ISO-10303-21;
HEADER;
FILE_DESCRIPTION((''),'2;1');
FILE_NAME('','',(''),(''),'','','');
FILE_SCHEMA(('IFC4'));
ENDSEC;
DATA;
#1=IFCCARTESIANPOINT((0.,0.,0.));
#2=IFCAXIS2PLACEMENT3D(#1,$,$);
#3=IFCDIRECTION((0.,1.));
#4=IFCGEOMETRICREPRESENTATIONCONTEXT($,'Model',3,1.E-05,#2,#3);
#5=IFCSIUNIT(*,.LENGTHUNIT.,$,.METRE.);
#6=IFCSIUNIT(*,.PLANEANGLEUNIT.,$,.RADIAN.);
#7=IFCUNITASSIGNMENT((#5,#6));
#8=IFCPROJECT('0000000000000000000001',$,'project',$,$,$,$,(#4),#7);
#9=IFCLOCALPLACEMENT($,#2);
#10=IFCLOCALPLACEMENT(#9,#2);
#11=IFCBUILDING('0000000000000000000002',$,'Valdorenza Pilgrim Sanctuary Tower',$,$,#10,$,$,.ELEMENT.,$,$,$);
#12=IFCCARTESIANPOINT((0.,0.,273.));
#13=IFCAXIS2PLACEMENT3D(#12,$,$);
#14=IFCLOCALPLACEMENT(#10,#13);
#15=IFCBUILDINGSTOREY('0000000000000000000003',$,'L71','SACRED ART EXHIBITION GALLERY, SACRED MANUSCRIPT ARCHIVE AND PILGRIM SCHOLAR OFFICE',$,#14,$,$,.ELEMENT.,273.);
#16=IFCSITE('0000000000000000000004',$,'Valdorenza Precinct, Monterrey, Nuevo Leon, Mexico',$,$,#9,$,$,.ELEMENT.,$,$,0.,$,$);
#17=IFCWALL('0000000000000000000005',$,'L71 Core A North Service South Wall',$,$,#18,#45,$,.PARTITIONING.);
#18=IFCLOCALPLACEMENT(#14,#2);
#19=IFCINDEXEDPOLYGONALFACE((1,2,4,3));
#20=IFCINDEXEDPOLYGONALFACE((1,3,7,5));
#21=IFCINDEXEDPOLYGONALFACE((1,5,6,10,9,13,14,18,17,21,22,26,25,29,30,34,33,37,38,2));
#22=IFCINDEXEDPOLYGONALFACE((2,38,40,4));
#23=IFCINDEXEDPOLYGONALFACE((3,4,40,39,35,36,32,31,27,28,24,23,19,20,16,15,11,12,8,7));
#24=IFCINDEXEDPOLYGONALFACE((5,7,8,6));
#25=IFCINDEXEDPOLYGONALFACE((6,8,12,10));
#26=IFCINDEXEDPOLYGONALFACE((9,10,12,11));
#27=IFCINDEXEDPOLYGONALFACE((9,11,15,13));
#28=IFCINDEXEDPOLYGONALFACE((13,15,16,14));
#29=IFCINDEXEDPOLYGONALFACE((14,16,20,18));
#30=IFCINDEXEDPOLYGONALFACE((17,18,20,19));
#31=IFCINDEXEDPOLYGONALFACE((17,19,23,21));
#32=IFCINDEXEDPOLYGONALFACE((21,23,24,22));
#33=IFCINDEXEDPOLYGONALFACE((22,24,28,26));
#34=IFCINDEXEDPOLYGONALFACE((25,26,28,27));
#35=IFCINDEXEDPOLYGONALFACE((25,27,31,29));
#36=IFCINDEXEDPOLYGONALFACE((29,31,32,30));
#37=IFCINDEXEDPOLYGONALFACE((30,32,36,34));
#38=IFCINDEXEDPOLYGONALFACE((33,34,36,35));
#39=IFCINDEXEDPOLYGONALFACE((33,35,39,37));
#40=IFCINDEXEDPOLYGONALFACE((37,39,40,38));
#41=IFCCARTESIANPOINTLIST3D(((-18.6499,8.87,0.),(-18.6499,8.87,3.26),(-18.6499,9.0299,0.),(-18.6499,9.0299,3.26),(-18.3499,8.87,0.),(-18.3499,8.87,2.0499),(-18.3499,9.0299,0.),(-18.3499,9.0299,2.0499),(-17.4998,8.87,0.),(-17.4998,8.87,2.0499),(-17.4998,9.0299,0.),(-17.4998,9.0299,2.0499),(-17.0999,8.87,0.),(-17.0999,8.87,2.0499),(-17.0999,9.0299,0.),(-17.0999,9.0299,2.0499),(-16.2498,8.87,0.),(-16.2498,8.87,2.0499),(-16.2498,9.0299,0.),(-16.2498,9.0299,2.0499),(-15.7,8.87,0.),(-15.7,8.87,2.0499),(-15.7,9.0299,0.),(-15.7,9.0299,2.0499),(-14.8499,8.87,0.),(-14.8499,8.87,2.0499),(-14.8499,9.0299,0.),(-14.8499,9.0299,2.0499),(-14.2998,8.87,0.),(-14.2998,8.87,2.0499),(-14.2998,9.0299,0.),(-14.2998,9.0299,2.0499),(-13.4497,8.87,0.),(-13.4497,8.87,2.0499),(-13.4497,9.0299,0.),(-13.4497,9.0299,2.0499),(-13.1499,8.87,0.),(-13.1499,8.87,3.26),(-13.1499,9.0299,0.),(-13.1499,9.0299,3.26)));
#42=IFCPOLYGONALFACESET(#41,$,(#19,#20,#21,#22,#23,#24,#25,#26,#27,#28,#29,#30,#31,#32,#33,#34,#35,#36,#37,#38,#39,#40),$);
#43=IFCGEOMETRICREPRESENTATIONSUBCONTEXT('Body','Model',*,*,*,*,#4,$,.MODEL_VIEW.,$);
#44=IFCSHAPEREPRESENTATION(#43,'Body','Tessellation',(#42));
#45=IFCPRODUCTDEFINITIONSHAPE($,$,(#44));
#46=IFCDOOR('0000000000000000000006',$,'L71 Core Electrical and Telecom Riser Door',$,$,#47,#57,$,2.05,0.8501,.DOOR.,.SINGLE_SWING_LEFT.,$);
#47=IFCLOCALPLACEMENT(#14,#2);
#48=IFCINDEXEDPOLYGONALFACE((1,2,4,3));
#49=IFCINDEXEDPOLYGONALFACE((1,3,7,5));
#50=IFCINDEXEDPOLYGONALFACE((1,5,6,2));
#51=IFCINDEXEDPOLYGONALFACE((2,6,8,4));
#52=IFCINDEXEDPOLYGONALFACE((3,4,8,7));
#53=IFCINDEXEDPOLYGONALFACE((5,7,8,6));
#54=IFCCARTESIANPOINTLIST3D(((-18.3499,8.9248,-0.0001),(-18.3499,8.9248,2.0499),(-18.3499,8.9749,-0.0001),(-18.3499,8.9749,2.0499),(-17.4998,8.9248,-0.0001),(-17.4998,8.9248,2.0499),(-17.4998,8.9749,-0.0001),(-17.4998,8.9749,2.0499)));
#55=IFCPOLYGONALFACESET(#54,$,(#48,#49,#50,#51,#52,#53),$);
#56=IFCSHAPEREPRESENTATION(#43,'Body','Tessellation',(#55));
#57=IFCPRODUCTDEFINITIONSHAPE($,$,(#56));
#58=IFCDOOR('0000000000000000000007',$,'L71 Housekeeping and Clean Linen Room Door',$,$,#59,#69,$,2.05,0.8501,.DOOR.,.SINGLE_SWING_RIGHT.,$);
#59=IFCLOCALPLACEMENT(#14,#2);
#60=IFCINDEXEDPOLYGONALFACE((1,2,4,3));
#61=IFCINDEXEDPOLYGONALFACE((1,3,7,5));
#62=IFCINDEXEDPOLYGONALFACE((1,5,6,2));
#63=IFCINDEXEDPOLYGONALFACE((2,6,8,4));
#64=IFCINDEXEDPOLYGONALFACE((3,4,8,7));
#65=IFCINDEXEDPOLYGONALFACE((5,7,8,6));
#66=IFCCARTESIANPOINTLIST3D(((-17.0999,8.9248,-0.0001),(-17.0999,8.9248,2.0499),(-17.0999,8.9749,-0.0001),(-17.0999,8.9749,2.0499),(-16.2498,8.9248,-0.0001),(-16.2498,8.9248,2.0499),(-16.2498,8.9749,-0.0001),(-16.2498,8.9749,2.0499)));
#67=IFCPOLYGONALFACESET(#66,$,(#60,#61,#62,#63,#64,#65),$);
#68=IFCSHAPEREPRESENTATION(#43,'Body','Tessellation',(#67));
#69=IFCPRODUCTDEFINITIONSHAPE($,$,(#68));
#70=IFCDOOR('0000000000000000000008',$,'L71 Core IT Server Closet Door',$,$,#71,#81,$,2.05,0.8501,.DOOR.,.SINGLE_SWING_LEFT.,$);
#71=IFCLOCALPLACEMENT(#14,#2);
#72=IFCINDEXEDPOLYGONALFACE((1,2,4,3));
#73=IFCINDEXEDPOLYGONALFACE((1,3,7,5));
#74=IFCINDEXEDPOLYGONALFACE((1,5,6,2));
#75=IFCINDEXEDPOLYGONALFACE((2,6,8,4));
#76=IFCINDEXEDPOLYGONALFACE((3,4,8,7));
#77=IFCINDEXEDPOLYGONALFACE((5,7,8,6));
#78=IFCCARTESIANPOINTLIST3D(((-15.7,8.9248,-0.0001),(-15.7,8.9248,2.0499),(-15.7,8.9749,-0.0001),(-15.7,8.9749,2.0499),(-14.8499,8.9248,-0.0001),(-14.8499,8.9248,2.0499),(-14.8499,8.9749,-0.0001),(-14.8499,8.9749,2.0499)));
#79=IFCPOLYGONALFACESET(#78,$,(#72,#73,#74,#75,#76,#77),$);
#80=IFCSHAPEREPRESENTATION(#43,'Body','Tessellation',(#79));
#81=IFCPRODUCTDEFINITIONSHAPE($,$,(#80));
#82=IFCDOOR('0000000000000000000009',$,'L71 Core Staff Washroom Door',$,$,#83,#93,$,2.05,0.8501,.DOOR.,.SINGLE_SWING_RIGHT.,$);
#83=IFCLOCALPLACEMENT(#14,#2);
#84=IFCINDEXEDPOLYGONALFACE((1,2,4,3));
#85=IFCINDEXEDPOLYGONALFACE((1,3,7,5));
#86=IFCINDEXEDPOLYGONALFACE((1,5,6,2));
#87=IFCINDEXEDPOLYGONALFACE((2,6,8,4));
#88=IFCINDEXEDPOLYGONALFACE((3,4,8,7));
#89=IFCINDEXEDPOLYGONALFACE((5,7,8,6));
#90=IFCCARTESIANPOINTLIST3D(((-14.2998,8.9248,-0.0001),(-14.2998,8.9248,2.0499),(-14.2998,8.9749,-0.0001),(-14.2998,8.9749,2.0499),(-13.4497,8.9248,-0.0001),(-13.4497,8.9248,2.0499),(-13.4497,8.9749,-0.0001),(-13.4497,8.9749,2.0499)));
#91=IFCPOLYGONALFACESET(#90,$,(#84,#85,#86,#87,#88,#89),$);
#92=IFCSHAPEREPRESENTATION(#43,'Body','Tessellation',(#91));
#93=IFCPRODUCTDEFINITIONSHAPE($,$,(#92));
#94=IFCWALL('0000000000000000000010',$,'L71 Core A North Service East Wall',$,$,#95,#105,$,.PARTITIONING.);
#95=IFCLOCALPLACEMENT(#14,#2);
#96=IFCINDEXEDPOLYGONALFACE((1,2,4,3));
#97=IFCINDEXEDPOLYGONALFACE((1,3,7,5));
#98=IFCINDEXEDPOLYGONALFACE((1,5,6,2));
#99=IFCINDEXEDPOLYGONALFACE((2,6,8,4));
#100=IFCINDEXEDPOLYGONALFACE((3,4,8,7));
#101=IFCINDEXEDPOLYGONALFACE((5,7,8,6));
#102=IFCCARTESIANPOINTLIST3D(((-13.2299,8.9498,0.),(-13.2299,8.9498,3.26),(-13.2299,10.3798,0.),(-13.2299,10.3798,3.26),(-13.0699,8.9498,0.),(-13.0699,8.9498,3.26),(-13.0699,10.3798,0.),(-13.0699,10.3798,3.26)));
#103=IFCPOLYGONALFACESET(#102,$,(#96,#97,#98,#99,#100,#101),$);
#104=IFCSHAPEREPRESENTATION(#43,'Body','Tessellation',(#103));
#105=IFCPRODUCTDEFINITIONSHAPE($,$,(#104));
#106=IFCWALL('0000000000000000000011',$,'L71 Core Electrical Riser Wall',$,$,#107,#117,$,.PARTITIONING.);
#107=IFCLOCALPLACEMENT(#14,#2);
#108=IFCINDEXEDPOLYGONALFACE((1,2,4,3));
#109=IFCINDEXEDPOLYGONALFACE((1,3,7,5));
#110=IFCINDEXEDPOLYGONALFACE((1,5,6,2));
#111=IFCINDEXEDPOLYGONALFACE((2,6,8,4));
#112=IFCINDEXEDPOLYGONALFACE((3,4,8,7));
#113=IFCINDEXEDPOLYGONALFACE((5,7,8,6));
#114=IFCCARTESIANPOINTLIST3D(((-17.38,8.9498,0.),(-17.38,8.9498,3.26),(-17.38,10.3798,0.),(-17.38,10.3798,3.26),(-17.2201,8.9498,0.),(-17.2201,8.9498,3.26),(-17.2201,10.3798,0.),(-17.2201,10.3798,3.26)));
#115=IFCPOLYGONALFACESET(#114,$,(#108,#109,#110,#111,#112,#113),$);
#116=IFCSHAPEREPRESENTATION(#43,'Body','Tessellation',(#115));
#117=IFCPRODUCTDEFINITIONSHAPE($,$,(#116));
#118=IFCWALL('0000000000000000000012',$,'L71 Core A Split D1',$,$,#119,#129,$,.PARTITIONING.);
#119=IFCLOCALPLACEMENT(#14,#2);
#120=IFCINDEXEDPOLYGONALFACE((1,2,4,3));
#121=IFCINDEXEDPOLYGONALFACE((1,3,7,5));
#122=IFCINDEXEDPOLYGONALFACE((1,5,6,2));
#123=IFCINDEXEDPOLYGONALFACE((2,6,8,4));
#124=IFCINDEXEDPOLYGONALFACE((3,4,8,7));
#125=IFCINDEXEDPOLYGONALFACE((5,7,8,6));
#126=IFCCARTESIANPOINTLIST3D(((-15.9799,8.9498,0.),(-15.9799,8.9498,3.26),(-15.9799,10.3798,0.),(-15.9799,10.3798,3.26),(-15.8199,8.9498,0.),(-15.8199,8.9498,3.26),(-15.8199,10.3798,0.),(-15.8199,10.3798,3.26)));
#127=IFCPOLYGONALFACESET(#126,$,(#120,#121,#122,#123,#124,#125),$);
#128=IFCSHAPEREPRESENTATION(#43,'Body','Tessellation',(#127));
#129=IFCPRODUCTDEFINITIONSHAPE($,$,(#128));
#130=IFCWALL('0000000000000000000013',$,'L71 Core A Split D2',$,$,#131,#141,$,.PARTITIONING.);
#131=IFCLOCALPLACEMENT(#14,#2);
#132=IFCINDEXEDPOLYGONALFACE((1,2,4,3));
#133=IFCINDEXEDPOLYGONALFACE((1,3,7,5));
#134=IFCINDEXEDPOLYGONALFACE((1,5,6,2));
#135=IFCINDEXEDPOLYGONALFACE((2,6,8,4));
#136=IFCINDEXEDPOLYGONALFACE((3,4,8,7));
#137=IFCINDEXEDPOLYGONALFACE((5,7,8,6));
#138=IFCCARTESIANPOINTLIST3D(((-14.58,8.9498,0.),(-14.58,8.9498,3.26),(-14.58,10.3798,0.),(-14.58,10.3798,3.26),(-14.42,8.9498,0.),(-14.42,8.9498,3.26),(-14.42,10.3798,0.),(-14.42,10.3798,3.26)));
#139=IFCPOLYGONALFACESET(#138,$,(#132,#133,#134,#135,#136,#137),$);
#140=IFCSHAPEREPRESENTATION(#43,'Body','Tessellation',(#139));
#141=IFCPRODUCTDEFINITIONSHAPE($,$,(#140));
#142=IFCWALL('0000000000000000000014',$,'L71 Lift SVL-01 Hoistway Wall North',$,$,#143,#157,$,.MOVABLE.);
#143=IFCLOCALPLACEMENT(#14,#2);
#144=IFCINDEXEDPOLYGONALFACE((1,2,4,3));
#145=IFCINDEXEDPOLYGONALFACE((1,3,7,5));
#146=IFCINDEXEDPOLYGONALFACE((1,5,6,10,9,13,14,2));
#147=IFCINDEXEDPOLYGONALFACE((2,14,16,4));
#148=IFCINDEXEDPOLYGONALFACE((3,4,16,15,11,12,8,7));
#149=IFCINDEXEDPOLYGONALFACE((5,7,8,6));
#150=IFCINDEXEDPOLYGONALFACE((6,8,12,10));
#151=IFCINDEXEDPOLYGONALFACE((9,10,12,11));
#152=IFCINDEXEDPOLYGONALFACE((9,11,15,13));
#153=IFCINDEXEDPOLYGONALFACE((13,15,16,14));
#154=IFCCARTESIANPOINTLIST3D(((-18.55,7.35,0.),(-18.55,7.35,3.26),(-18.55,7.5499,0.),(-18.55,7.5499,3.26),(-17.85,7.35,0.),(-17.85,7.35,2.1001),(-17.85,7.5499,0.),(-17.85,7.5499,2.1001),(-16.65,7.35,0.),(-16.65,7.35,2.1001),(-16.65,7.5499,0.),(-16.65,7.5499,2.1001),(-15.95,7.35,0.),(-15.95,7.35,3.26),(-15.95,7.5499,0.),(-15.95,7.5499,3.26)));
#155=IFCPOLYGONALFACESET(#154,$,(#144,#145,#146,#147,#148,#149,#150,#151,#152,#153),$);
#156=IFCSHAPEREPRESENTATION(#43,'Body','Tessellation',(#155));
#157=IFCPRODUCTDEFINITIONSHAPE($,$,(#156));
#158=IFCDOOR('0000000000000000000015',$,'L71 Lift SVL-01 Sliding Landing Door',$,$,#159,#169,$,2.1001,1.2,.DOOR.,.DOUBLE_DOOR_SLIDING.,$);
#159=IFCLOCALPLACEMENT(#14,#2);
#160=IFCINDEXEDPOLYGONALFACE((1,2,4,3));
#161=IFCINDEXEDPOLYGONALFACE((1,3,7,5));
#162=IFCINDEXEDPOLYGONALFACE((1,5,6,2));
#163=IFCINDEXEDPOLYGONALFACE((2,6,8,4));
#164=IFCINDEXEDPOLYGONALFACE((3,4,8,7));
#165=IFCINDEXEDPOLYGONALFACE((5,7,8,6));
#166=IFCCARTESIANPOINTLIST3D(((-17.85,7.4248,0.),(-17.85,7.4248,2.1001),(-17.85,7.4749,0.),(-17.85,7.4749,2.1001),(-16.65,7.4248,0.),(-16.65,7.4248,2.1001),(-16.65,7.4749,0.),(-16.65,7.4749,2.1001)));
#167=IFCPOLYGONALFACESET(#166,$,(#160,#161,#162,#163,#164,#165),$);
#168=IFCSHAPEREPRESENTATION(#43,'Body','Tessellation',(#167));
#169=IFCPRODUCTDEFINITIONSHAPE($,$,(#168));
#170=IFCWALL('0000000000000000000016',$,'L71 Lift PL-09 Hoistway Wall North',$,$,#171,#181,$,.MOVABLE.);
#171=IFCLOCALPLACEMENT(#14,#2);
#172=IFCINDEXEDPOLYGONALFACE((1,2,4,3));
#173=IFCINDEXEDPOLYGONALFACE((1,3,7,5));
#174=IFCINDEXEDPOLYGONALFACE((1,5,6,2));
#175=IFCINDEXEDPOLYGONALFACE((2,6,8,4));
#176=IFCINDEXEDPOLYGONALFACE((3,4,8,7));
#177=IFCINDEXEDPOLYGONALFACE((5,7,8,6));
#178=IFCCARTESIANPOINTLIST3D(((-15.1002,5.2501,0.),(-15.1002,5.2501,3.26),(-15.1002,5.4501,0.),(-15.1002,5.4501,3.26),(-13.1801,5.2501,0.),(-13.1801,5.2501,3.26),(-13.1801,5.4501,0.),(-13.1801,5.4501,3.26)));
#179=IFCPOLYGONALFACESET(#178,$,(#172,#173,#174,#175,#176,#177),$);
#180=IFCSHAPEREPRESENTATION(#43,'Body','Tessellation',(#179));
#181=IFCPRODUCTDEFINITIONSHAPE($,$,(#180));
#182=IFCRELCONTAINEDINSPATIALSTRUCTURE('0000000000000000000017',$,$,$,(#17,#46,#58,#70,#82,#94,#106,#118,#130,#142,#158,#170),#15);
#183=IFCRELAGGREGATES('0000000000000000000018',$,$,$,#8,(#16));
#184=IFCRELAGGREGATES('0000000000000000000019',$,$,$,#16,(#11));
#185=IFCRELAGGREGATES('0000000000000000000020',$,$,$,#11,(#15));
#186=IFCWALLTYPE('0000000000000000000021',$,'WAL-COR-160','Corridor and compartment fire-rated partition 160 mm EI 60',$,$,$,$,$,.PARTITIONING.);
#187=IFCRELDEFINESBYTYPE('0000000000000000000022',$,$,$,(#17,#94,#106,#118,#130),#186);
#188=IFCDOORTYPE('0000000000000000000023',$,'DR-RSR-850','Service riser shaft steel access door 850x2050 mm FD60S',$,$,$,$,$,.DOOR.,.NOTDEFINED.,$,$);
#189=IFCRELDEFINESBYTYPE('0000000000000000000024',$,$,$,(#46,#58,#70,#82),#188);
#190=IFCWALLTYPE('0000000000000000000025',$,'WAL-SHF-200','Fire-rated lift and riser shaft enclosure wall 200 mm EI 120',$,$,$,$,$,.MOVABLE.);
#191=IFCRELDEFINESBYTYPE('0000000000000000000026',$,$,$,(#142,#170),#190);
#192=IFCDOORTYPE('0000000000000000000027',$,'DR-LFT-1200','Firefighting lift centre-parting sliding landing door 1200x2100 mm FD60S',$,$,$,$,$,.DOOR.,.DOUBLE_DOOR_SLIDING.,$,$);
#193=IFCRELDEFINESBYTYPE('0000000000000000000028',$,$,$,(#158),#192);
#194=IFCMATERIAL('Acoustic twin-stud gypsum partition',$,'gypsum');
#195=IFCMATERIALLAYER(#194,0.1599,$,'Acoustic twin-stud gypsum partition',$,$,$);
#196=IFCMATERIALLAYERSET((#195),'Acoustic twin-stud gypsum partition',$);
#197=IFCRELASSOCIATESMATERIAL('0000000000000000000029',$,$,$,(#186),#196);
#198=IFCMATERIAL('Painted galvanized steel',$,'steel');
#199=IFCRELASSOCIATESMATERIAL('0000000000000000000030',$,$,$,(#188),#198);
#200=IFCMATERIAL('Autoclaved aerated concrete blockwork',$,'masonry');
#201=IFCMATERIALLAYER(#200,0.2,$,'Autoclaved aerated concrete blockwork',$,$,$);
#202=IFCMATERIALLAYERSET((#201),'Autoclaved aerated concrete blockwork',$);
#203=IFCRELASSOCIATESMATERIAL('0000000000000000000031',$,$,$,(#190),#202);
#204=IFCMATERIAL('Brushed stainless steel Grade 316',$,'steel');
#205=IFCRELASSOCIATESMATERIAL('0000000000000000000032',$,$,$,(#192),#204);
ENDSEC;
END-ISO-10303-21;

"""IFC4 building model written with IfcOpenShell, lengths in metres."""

from ifc_helpers import new_model, si_unit, direction, frame, frame_2d, origin, place, context, subcontext, project, spatial, rectangle, extrude, material, layer, layer_set, type_object, element, fill, save


model = new_model("IFC4")

# Units and contexts
model_context = context("Model", 3, precision=1e-05, world=origin(), true_north=direction((0.0, 1.0)))
body_context = subcontext(model_context, "Body", "Model", "MODEL_VIEW")
ifc_project = project(units=[si_unit("LENGTHUNIT", "METRE"), si_unit("PLANEANGLEUNIT", "RADIAN")], contexts=[model_context])

# Site, building, storey
site_placement = place(None, origin())
site = spatial("IfcSite", under=ifc_project, at=site_placement, Name="Valdorenza Precinct, Monterrey, Nuevo Leon, Mexico", CompositionType="ELEMENT", RefElevation=0.0)
building_placement = place(site_placement, origin())
building = spatial("IfcBuilding", under=site, at=building_placement, Name="Valdorenza Pilgrim Sanctuary Tower", CompositionType="ELEMENT")
storey_placement = place(building_placement, frame((0.0, 0.0, 273.0)))
storey = spatial("IfcBuildingStorey", under=building, at=storey_placement, Name="L71", Description="SACRED ART EXHIBITION GALLERY, SACRED MANUSCRIPT ARCHIVE AND PILGRIM SCHOLAR OFFICE", CompositionType="ELEMENT", Elevation=273.0)

# Shared definitions
ifc_material_1 = material(Name="Acoustic twin-stud gypsum partition", Category="gypsum")
ifc_layer_1 = layer(ifc_material_1, 0.1599, Name="Acoustic twin-stud gypsum partition")
ifc_layer_set_1 = layer_set([ifc_layer_1], Name="Acoustic twin-stud gypsum partition")
wall_type_1 = type_object("IfcWallType", Name="WAL-COR-160", Description="Corridor and compartment fire-rated partition 160 mm EI 60", PredefinedType="PARTITIONING", material=ifc_layer_set_1)

# Wall, openings, doors
wall_1_placement = place(storey_placement, frame((-18.6499, 8.95, 0.0), z_axis=(0.0, 0.0, 1.0), x_axis=(1.0, 0.0, 0.0)))
wall_1 = element("IfcWall", 1, at=wall_1_placement, inside=storey, type_object=wall_type_1, Name="L71 Core A North Service South Wall", PredefinedType="PARTITIONING", context=body_context, shape_type="SweptSolid", body=[
    extrude(rectangle(XDim=5.5, YDim=0.1599, at=frame_2d((2.75, 0.0))), origin(), (0.0, 0.0, 1.0), 3.26),
])
opening_1_placement = place(wall_1_placement, frame((0.3, 0.0, 0.0)))
opening_1 = element("IfcOpeningElement", 2, at=opening_1_placement, cuts=wall_1, PredefinedType="OPENING", context=body_context, shape_type="SweptSolid", body=[
    extrude(rectangle(XDim=0.8501, YDim=2.05, at=frame_2d((0.425, 1.0249))), frame((0.0, 0.0947, 0.0), z_axis=(0.0, -1.0, 0.0), x_axis=(1.0, 0.0, 0.0)), (0.0, 0.0, 1.0), 0.1897),
])
opening_2_placement = place(wall_1_placement, frame((1.55, 0.0, 0.0)))
opening_2 = element("IfcOpeningElement", 3, at=opening_2_placement, cuts=wall_1, PredefinedType="OPENING", context=body_context, shape_type="SweptSolid", body=[
    extrude(rectangle(XDim=0.8501, YDim=2.05, at=frame_2d((0.425, 1.0249))), frame((0.0, 0.0947, 0.0), z_axis=(0.0, -1.0, 0.0), x_axis=(1.0, 0.0, 0.0)), (0.0, 0.0, 1.0), 0.1897),
])
opening_3_placement = place(wall_1_placement, frame((2.95, 0.0, 0.0)))
opening_3 = element("IfcOpeningElement", 4, at=opening_3_placement, cuts=wall_1, PredefinedType="OPENING", context=body_context, shape_type="SweptSolid", body=[
    extrude(rectangle(XDim=0.8501, YDim=2.05, at=frame_2d((0.425, 1.0249))), frame((0.0, 0.0947, 0.0), z_axis=(0.0, -1.0, 0.0), x_axis=(1.0, 0.0, 0.0)), (0.0, 0.0, 1.0), 0.1897),
])
opening_4_placement = place(wall_1_placement, frame((4.3501, 0.0, 0.0)))
opening_4 = element("IfcOpeningElement", 5, at=opening_4_placement, cuts=wall_1, PredefinedType="OPENING", context=body_context, shape_type="SweptSolid", body=[
    extrude(rectangle(XDim=0.8501, YDim=2.05, at=frame_2d((0.425, 1.0249))), frame((0.0, 0.0947, 0.0), z_axis=(0.0, -1.0, 0.0), x_axis=(1.0, 0.0, 0.0)), (0.0, 0.0, 1.0), 0.1897),
])
ifc_material_2 = material(Name="Painted galvanized steel", Category="steel")
door_type_1 = type_object("IfcDoorType", Name="DR-RSR-850", Description="Service riser shaft steel access door 850x2050 mm FD60S", OperationType="NOTDEFINED", PredefinedType="DOOR", material=ifc_material_2)
door_1_placement = place(opening_1_placement, origin())
door_1 = element("IfcDoor", 6, at=door_1_placement, inside=storey, type_object=door_type_1, Name="L71 Core Electrical and Telecom Riser Door", OperationType="SINGLE_SWING_LEFT", OverallHeight=2.05, OverallWidth=0.8501, PredefinedType="DOOR", context=body_context, shape_type="SweptSolid", body=[
    extrude(rectangle(XDim=0.8501, YDim=2.05, at=frame_2d((0.425, 1.0249))), frame((0.0, 0.0249, 0.0), z_axis=(0.0, -1.0, 0.0), x_axis=(1.0, 0.0, 0.0)), (0.0, 0.0, 1.0), 0.05),
])
fill(opening_1, door_1)
door_2_placement = place(opening_2_placement, origin())
door_2 = element("IfcDoor", 7, at=door_2_placement, inside=storey, type_object=door_type_1, Name="L71 Housekeeping and Clean Linen Room Door", OperationType="SINGLE_SWING_RIGHT", OverallHeight=2.05, OverallWidth=0.8501, PredefinedType="DOOR", context=body_context, shape_type="SweptSolid", body=[
    extrude(rectangle(XDim=0.8501, YDim=2.05, at=frame_2d((0.425, 1.0249))), frame((0.0, 0.0249, 0.0), z_axis=(0.0, -1.0, 0.0), x_axis=(1.0, 0.0, 0.0)), (0.0, 0.0, 1.0), 0.05),
])
fill(opening_2, door_2)
door_3_placement = place(opening_3_placement, origin())
door_3 = element("IfcDoor", 8, at=door_3_placement, inside=storey, type_object=door_type_1, Name="L71 Core IT Server Closet Door", OperationType="SINGLE_SWING_LEFT", OverallHeight=2.05, OverallWidth=0.8501, PredefinedType="DOOR", context=body_context, shape_type="SweptSolid", body=[
    extrude(rectangle(XDim=0.8501, YDim=2.05, at=frame_2d((0.425, 1.0249))), frame((0.0, 0.0249, 0.0), z_axis=(0.0, -1.0, 0.0), x_axis=(1.0, 0.0, 0.0)), (0.0, 0.0, 1.0), 0.05),
])
fill(opening_3, door_3)
door_4_placement = place(opening_4_placement, origin())
door_4 = element("IfcDoor", 9, at=door_4_placement, inside=storey, type_object=door_type_1, Name="L71 Core Staff Washroom Door", OperationType="SINGLE_SWING_RIGHT", OverallHeight=2.05, OverallWidth=0.8501, PredefinedType="DOOR", context=body_context, shape_type="SweptSolid", body=[
    extrude(rectangle(XDim=0.8501, YDim=2.05, at=frame_2d((0.425, 1.0249))), frame((0.0, 0.0249, 0.0), z_axis=(0.0, -1.0, 0.0), x_axis=(1.0, 0.0, 0.0)), (0.0, 0.0, 1.0), 0.05),
])
fill(opening_4, door_4)

# Walls
for number, where, z_axis, x_axis, name in (
    (10, (-13.1499, 8.95, 0.0), (0.0, 0.0, 1.0), (0.0, 1.0, 0.0), "L71 Core A North Service East Wall"),
    (11, (-17.3, 8.95, 0.0), (0.0, 0.0, 1.0), (0.0, 1.0, 0.0), "L71 Core Electrical Riser Wall"),
    (12, (-15.8999, 8.95, 0.0), (0.0, 0.0, 1.0), (0.0, 1.0, 0.0), "L71 Core A Split D1"),
    (13, (-14.5, 8.95, 0.0), (0.0, 0.0, 1.0), (0.0, 1.0, 0.0), "L71 Core A Split D2"),
):
    element("IfcWall", number, at=place(storey_placement, frame(where, z_axis=z_axis, x_axis=x_axis)), inside=storey, type_object=wall_type_1, Name=name, PredefinedType="PARTITIONING", context=body_context, shape_type="SweptSolid", body=[
        extrude(rectangle(XDim=1.4299, YDim=0.1599, at=frame_2d((0.7148, 0.0))), origin(), (0.0, 0.0, 1.0), 3.26),
    ])

# Wall, opening, door
ifc_material_3 = material(Name="Autoclaved aerated concrete blockwork", Category="masonry")
ifc_layer_2 = layer(ifc_material_3, 0.2, Name="Autoclaved aerated concrete blockwork")
ifc_layer_set_2 = layer_set([ifc_layer_2], Name="Autoclaved aerated concrete blockwork")
wall_type_2 = type_object("IfcWallType", Name="WAL-SHF-200", Description="Fire-rated lift and riser shaft enclosure wall 200 mm EI 120", PredefinedType="MOVABLE", material=ifc_layer_set_2)
wall_2_placement = place(storey_placement, frame((-18.55, 7.45, 0.0), z_axis=(0.0, 0.0, 1.0), x_axis=(1.0, 0.0, 0.0)))
wall_2 = element("IfcWall", 14, at=wall_2_placement, inside=storey, type_object=wall_type_2, Name="L71 Lift SVL-01 Hoistway Wall North", PredefinedType="MOVABLE", context=body_context, shape_type="SweptSolid", body=[
    extrude(rectangle(XDim=2.6001, YDim=0.2, at=frame_2d((1.3, 0.0))), origin(), (0.0, 0.0, 1.0), 3.26),
])
opening_5_placement = place(wall_2_placement, frame((0.7, 0.0, 0.0)))
opening_5 = element("IfcOpeningElement", 15, at=opening_5_placement, cuts=wall_2, PredefinedType="OPENING", context=body_context, shape_type="SweptSolid", body=[
    extrude(rectangle(XDim=1.2, YDim=2.1001, at=frame_2d((0.6001, 1.05))), frame((0.0, 0.1147, 0.0), z_axis=(0.0, -1.0, 0.0), x_axis=(1.0, 0.0, 0.0)), (0.0, 0.0, 1.0), 0.2297),
])
ifc_material_4 = material(Name="Brushed stainless steel Grade 316", Category="steel")
door_type_2 = type_object("IfcDoorType", Name="DR-LFT-1200", Description="Firefighting lift centre-parting sliding landing door 1200x2100 mm FD60S", OperationType="DOUBLE_DOOR_SLIDING", PredefinedType="DOOR", material=ifc_material_4)
door_5_placement = place(opening_5_placement, origin())
door_5 = element("IfcDoor", 16, at=door_5_placement, inside=storey, type_object=door_type_2, Name="L71 Lift SVL-01 Sliding Landing Door", OperationType="DOUBLE_DOOR_SLIDING", OverallHeight=2.1001, OverallWidth=1.2, PredefinedType="DOOR", context=body_context, shape_type="SweptSolid", body=[
    extrude(rectangle(XDim=1.2, YDim=2.1001, at=frame_2d((0.6001, 1.05))), frame((0.0, 0.0249, 0.0), z_axis=(0.0, -1.0, 0.0), x_axis=(1.0, 0.0, 0.0)), (0.0, 0.0, 1.0), 0.05),
])
fill(opening_5, door_5)

# Wall
wall_3_placement = place(storey_placement, frame((-15.1001, 5.3501, 0.0), z_axis=(0.0, 0.0, 1.0), x_axis=(1.0, 0.0, 0.0)))
element("IfcWall", 17, at=wall_3_placement, inside=storey, type_object=wall_type_2, Name="L71 Lift PL-09 Hoistway Wall North", PredefinedType="MOVABLE", context=body_context, shape_type="SweptSolid", body=[
    extrude(rectangle(XDim=1.9202, YDim=0.2, at=frame_2d((0.96, 0.0))), origin(), (0.0, 0.0, 1.0), 3.26),
])

save(model, "model.ifc")
